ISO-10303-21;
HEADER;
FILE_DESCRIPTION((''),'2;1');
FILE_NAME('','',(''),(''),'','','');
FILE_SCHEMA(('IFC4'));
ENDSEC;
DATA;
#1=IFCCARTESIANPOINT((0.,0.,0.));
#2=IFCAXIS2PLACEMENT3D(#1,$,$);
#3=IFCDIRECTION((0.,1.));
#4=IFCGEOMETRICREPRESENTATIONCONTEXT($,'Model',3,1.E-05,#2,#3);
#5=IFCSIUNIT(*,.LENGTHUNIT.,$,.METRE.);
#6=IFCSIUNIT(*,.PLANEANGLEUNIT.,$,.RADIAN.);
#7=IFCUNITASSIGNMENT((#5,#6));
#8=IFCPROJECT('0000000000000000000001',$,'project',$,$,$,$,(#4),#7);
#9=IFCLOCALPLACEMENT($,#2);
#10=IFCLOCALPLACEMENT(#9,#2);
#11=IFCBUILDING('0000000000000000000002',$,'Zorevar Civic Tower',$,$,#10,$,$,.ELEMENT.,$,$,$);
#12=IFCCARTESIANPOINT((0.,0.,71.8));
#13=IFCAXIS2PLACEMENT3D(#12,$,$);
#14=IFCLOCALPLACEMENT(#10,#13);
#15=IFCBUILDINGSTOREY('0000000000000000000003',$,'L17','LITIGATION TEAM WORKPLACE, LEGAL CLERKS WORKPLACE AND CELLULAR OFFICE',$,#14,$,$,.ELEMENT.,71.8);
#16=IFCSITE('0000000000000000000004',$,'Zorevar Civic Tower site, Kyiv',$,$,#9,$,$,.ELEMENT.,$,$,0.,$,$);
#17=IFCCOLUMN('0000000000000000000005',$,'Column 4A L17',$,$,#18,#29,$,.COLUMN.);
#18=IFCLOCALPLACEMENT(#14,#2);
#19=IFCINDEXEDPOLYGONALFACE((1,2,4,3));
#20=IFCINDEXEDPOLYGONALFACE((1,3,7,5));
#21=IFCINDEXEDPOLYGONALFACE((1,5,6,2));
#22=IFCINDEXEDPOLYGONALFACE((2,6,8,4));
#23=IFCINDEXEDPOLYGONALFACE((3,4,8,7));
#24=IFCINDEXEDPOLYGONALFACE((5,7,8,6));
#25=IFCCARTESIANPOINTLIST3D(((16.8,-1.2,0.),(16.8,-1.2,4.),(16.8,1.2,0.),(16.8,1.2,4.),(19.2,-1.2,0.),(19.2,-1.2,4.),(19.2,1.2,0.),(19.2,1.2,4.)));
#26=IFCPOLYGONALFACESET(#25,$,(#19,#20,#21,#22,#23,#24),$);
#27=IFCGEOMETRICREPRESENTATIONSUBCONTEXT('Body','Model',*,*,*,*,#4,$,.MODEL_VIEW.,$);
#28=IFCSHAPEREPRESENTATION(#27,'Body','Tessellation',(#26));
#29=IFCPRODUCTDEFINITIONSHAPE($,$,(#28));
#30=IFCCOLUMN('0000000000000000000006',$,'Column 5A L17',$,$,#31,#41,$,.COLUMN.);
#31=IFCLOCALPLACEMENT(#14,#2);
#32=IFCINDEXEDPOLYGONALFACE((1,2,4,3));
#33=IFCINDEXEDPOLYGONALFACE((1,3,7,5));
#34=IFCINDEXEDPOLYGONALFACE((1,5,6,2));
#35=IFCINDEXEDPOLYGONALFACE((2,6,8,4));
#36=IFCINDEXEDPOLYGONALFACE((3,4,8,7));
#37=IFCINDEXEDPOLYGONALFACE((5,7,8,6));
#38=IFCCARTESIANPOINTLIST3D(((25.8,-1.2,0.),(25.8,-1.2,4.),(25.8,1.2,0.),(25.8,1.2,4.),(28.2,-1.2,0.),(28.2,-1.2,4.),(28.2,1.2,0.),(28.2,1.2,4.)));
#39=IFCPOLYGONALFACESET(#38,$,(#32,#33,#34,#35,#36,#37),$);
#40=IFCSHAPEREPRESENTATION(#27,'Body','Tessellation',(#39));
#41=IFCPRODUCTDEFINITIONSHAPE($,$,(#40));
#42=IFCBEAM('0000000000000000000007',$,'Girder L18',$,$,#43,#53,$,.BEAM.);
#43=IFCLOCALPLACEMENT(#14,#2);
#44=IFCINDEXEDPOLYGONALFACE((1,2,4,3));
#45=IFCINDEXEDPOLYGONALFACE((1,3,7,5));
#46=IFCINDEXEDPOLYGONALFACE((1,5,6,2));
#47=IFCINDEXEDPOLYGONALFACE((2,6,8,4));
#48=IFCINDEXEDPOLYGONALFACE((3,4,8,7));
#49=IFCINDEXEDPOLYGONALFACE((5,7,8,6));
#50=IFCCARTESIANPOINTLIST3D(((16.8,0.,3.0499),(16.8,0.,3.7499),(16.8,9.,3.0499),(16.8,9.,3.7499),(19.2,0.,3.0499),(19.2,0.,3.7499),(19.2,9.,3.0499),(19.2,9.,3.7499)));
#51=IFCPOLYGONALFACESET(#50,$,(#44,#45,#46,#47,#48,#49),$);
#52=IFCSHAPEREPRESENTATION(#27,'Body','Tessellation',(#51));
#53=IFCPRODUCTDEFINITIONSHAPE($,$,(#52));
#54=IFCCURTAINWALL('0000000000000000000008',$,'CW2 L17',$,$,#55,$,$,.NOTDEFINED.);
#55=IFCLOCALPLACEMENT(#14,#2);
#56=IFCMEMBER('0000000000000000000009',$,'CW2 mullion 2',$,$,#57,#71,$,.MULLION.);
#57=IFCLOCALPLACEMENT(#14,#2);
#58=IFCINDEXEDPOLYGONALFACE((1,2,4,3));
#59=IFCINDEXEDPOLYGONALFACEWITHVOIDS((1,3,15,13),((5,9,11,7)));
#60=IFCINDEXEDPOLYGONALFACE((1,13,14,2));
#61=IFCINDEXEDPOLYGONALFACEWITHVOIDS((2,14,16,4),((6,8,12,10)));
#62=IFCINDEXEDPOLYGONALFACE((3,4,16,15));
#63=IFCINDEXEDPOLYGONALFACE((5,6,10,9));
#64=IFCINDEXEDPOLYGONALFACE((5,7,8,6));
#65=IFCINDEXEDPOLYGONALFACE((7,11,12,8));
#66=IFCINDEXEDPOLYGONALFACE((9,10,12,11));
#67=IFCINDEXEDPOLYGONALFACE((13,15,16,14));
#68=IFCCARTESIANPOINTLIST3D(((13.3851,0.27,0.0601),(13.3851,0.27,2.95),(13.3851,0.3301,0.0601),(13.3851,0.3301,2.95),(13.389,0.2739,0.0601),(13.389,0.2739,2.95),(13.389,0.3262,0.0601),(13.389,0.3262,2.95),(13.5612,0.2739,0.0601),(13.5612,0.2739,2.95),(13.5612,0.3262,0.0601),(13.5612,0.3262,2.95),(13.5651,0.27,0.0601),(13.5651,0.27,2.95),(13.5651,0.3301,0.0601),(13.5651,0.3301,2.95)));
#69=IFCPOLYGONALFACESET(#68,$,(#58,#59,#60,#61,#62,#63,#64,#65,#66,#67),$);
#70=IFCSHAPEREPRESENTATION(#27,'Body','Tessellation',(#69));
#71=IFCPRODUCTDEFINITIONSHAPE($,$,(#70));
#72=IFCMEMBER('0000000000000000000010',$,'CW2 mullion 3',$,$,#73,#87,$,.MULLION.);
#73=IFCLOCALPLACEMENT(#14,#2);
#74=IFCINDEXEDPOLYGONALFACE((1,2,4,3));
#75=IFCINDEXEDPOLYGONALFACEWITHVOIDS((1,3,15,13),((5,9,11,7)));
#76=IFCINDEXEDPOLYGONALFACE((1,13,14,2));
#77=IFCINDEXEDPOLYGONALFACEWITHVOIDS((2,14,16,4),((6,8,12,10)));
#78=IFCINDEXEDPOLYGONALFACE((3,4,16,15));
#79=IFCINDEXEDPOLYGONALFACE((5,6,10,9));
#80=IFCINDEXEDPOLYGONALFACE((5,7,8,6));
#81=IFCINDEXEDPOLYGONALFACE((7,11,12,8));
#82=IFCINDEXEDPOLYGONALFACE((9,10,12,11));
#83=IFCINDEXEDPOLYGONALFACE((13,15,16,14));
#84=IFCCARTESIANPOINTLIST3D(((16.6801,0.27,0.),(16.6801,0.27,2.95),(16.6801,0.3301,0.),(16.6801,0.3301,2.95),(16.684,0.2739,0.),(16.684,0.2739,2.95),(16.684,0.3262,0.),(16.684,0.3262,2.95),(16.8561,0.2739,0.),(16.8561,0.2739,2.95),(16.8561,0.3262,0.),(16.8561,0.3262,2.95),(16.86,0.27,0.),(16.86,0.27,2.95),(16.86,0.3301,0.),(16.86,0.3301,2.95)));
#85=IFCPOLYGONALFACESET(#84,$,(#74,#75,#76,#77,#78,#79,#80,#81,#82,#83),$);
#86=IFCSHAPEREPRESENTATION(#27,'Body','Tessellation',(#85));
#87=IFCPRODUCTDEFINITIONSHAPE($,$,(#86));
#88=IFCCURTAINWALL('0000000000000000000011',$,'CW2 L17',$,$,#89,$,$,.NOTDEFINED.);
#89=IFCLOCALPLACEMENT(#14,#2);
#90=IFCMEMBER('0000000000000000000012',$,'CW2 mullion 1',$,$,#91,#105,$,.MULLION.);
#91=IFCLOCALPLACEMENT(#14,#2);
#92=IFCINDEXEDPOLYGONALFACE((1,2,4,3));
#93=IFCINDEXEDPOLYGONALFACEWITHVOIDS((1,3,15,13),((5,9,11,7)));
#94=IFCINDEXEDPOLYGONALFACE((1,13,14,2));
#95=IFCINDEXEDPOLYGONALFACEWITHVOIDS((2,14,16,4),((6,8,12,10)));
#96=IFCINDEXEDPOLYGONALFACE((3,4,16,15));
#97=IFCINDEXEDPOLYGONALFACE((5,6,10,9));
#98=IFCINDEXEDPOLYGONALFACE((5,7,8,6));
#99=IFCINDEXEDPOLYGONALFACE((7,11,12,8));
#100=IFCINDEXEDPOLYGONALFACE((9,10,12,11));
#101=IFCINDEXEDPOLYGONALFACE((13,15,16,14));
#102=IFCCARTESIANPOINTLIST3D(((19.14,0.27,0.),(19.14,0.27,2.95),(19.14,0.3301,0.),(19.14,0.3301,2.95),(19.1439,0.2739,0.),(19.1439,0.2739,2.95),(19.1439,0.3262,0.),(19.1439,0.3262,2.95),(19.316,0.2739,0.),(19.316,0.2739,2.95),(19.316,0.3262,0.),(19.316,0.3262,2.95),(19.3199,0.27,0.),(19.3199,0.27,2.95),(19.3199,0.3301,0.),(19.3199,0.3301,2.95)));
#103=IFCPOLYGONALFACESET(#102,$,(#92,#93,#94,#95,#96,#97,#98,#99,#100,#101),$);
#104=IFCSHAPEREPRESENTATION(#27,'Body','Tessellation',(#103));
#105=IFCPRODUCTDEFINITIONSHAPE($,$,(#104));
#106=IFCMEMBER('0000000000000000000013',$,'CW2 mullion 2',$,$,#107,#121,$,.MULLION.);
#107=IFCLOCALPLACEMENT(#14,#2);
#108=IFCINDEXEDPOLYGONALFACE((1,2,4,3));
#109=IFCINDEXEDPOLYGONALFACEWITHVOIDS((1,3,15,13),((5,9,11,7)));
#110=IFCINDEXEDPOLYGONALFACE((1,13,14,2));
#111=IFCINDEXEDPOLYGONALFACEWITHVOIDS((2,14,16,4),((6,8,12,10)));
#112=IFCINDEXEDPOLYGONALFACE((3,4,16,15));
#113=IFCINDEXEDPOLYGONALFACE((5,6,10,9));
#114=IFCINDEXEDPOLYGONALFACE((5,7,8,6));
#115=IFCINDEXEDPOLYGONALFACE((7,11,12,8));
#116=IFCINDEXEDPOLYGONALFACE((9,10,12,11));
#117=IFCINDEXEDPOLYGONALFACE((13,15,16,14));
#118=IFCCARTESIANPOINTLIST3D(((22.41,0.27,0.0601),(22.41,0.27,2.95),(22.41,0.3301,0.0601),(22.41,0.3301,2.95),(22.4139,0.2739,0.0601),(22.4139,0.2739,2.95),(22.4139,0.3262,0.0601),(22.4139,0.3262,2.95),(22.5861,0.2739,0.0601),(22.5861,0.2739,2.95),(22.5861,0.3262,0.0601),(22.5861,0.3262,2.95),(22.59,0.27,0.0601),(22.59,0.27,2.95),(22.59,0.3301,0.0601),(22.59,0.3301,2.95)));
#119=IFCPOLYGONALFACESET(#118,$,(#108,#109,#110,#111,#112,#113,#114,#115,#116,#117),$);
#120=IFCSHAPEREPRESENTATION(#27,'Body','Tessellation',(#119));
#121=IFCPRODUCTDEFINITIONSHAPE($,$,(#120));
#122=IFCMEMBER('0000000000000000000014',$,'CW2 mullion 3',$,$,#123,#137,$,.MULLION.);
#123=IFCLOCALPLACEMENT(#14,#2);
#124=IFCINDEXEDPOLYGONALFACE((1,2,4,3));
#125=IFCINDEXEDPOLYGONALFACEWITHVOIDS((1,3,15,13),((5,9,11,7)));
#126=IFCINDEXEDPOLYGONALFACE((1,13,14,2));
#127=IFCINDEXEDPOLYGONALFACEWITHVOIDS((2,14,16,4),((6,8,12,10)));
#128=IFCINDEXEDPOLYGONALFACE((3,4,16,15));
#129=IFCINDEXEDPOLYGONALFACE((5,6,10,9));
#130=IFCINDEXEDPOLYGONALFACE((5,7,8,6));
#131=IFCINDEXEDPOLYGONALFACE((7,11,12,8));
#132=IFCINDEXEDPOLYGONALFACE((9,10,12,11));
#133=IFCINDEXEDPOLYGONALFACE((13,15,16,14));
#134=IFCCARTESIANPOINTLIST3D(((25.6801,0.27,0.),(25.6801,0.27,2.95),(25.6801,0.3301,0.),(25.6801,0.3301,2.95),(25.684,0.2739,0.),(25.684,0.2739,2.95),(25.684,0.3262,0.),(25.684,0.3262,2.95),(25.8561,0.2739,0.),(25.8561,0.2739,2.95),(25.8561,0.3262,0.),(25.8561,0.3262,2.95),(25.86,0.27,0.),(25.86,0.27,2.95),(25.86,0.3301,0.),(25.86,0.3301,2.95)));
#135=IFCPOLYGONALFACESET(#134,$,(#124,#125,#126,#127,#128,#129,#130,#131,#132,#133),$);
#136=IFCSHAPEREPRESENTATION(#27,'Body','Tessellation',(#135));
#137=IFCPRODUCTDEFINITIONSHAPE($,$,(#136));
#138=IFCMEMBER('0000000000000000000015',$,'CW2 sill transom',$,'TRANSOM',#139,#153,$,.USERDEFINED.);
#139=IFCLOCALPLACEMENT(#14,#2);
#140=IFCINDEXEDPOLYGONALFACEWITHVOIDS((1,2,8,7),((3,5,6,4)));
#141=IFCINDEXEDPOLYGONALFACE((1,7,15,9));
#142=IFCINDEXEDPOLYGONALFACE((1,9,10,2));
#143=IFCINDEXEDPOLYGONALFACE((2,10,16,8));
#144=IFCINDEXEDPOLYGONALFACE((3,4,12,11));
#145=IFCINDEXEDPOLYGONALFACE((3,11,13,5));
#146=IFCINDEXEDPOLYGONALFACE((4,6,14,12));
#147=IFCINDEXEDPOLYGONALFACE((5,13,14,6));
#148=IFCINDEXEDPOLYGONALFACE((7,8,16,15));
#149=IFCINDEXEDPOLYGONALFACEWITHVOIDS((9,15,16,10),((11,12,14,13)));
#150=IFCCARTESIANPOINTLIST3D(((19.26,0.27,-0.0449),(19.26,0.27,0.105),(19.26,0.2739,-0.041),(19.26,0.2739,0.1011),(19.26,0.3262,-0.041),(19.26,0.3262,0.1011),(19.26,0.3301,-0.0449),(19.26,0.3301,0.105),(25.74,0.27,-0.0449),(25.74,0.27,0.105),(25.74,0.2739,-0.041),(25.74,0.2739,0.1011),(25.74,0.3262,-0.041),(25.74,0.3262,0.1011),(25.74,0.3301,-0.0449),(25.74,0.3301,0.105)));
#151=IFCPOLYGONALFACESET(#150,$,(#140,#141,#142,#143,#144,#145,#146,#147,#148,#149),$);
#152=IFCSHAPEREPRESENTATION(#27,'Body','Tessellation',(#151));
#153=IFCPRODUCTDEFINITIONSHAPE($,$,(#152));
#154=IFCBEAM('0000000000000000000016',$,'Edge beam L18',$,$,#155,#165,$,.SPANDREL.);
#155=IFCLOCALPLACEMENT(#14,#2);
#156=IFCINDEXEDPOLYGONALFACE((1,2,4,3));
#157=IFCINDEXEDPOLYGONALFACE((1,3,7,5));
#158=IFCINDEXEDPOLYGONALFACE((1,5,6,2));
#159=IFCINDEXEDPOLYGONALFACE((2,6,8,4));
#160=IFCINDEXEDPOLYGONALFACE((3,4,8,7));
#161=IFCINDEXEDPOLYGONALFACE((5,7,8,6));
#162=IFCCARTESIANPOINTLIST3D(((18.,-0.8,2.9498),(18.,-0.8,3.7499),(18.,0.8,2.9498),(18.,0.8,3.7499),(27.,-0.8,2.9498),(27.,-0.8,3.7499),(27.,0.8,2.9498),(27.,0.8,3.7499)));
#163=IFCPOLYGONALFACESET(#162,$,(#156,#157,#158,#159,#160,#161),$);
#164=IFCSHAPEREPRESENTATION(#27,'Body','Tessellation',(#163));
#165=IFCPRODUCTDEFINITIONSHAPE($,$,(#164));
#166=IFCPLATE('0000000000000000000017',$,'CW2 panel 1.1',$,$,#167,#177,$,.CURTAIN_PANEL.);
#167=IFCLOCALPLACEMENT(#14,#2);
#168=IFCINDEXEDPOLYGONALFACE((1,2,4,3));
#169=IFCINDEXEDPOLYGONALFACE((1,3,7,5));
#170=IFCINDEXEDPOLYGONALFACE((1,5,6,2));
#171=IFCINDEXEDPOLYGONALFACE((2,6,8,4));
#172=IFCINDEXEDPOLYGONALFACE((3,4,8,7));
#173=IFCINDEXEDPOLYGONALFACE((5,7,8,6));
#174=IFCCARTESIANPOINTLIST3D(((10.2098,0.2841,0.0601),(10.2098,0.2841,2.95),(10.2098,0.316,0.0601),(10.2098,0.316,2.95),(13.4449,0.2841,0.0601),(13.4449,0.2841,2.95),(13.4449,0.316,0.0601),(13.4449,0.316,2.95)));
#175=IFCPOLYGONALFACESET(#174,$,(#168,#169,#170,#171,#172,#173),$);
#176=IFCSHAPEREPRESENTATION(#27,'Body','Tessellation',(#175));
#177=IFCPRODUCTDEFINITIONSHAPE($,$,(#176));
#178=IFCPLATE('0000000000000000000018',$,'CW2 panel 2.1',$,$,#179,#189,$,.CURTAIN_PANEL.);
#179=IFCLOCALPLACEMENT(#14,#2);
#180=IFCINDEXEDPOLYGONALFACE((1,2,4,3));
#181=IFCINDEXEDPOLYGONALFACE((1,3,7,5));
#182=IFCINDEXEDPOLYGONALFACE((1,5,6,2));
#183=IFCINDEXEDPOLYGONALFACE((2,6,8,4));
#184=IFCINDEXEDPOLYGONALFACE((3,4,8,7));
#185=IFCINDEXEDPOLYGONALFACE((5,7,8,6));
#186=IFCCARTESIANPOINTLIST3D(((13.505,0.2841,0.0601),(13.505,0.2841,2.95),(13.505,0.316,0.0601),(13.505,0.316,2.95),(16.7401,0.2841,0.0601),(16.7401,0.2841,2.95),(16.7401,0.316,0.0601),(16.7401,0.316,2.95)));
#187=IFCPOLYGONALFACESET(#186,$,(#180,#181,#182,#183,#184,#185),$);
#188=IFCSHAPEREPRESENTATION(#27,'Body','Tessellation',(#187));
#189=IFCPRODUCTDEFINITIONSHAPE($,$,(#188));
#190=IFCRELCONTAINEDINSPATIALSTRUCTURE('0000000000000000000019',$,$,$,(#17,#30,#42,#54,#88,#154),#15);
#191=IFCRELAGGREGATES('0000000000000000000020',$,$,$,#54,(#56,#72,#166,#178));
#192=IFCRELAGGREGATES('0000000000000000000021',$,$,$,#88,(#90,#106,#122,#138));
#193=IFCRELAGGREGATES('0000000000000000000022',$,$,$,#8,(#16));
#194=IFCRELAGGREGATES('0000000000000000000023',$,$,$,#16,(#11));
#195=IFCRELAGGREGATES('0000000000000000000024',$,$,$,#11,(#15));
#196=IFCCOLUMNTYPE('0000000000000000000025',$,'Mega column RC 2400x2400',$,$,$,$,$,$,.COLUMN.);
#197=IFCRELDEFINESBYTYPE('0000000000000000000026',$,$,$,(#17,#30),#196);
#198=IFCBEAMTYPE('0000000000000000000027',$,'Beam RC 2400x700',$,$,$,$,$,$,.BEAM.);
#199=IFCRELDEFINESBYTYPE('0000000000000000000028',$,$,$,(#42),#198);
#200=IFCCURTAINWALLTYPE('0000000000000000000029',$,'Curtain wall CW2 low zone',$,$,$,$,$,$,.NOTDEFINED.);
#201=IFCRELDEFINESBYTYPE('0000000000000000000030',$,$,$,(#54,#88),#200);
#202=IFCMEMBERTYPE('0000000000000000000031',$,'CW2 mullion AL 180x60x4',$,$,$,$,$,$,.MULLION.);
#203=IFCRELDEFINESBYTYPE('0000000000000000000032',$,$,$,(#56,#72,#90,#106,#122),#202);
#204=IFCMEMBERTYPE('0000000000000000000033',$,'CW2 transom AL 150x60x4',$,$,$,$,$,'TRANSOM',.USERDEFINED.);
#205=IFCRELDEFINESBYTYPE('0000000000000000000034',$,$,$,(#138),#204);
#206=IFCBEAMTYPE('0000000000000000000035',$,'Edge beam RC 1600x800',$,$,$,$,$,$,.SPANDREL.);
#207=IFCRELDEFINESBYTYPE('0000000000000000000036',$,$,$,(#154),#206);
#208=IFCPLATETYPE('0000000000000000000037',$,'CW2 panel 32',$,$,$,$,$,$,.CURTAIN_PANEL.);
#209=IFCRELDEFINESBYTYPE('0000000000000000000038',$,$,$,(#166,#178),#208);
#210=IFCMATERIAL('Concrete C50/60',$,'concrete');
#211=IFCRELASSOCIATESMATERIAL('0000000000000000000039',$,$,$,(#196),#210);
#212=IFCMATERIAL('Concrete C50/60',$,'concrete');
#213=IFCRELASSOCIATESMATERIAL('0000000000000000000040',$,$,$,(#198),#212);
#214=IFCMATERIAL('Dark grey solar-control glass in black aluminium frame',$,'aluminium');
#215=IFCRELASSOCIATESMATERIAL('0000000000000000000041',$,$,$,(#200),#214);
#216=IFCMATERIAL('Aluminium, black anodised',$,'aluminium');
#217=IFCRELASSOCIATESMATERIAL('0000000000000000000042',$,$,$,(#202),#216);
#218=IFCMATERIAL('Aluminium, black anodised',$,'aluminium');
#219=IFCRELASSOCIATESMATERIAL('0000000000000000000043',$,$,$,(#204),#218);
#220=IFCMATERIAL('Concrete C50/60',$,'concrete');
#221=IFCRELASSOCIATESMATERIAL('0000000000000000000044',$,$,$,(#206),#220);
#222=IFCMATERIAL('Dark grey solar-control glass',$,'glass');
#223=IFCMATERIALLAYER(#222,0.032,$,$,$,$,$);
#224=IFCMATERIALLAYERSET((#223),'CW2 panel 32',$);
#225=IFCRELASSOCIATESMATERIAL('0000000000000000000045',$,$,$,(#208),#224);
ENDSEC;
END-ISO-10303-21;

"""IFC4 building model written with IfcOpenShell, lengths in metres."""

from ifc_helpers import new_model, si_unit, direction, frame, origin, origin_2d, place, context, subcontext, project, spatial, rectangle, hollow_rectangle, extrude, material, layer, layer_set, material_profile, profile_set, type_object, element, aggregate, save


model = new_model("IFC4")

# Units and contexts
model_context = context("Model", 3, precision=1e-05, world=origin(), true_north=direction((0.0, 1.0)))
body_context = subcontext(model_context, "Body", "Model", "MODEL_VIEW")
ifc_project = project(units=[si_unit("LENGTHUNIT", "METRE"), si_unit("PLANEANGLEUNIT", "RADIAN")], contexts=[model_context])

# Site, building, storey
site_placement = place(None, origin())
site = spatial("IfcSite", under=ifc_project, at=site_placement, Name="Zorevar Civic Tower site, Kyiv", CompositionType="ELEMENT", RefElevation=0.0)
building_placement = place(site_placement, origin())
building = spatial("IfcBuilding", under=site, at=building_placement, Name="Zorevar Civic Tower", CompositionType="ELEMENT")
storey_placement = place(building_placement, frame((0.0, 0.0, 71.8)))
storey = spatial("IfcBuildingStorey", under=building, at=storey_placement, Name="L17", Description="LITIGATION TEAM WORKPLACE, LEGAL CLERKS WORKPLACE AND CELLULAR OFFICE", CompositionType="ELEMENT", Elevation=71.8)

# Columns
ifc_material_1 = material(Name="Concrete C50/60", Category="concrete")
ifc_material_profile_1 = material_profile(ifc_material_1, rectangle(XDim=2.3999, YDim=2.3999, at=origin_2d()), Name="RC 2400x2400")
ifc_profile_set_1 = profile_set([ifc_material_profile_1], Name="Concrete C50/60")
column_type = type_object("IfcColumnType", Name="Mega column RC 2400x2400", PredefinedType="COLUMN", material=ifc_profile_set_1)
for number, where, z_axis, x_axis, name in (
    (1, (18.0, 0.0, 0.0), (0.0, 0.0, 1.0), (1.0, 0.0, 0.0), "Column 4A L17"),
    (2, (27.0, 0.0, 0.0), (0.0, 0.0, 1.0), (1.0, 0.0, 0.0), "Column 5A L17"),
):
    element("IfcColumn", number, at=place(storey_placement, frame(where, z_axis=z_axis, x_axis=x_axis)), inside=storey, type_object=column_type, Name=name, PredefinedType="COLUMN", context=body_context, shape_type="SweptSolid", body=[
        extrude(rectangle(XDim=2.3999, YDim=2.3999, at=origin_2d()), origin(), (0.0, 0.0, 1.0), 4.0),
    ])

# Beam
ifc_material_2 = material(Name="Concrete C50/60", Category="concrete")
ifc_material_profile_2 = material_profile(ifc_material_2, rectangle(XDim=2.3999, YDim=0.7, at=origin_2d()), Name="RC 2400x700")
ifc_profile_set_2 = profile_set([ifc_material_profile_2], Name="Concrete C50/60")
beam_type_1 = type_object("IfcBeamType", Name="Beam RC 2400x700", PredefinedType="BEAM", material=ifc_profile_set_2)
beam_1_placement = place(storey_placement, frame((18.0, 0.0, 3.3999), z_axis=(0.0, 1.0, 0.0), x_axis=(-1.0, 0.0, 0.0)))
element("IfcBeam", 3, at=beam_1_placement, inside=storey, type_object=beam_type_1, Name="Girder L18", PredefinedType="BEAM", context=body_context, shape_type="SweptSolid", body=[
    extrude(rectangle(XDim=2.3999, YDim=0.7, at=origin_2d()), origin(), (0.0, 0.0, 1.0), 9.0),
])

# Curtain walls, members
ifc_material_3 = material(Name="Dark grey solar-control glass in black aluminium frame", Category="aluminium")
curtain_wall_type = type_object("IfcCurtainWallType", Name="Curtain wall CW2 low zone", PredefinedType="NOTDEFINED", material=ifc_material_3)
curtain_wall_1_placement = place(storey_placement, origin())
curtain_wall_1 = element("IfcCurtainWall", 4, at=curtain_wall_1_placement, inside=storey, type_object=curtain_wall_type, Name="CW2 L17", PredefinedType="NOTDEFINED")
ifc_material_4 = material(Name="Aluminium, black anodised", Category="aluminium")
ifc_material_profile_3 = material_profile(ifc_material_4, hollow_rectangle(XDim=0.0601, YDim=0.1799, WallThickness=0.0039, at=origin_2d()), Name="AL 180x60x4")
ifc_profile_set_3 = profile_set([ifc_material_profile_3], Name="Aluminium, black anodised")
member_type_1 = type_object("IfcMemberType", Name="CW2 mullion AL 180x60x4", PredefinedType="MULLION", material=ifc_profile_set_3)
member_1_placement = place(storey_placement, frame((13.4751, 0.3, 0.0601), z_axis=(0.0, 0.0, 1.0), x_axis=(0.0, 1.0, 0.0)))
member_1 = element("IfcMember", 5, at=member_1_placement, type_object=member_type_1, Name="CW2 mullion 2", PredefinedType="MULLION", context=body_context, shape_type="SweptSolid", body=[
    extrude(hollow_rectangle(XDim=0.0601, YDim=0.1799, WallThickness=0.0039, at=origin_2d()), origin(), (0.0, 0.0, 1.0), 2.8899),
])
member_2_placement = place(storey_placement, frame((16.77, 0.3, 0.0), z_axis=(0.0, 0.0, 1.0), x_axis=(0.0, 1.0, 0.0)))
member_2 = element("IfcMember", 6, at=member_2_placement, type_object=member_type_1, Name="CW2 mullion 3", PredefinedType="MULLION", context=body_context, shape_type="SweptSolid", body=[
    extrude(hollow_rectangle(XDim=0.0601, YDim=0.1799, WallThickness=0.0039, at=origin_2d()), origin(), (0.0, 0.0, 1.0), 2.95),
])
curtain_wall_2_placement = place(storey_placement, origin())
curtain_wall_2 = element("IfcCurtainWall", 7, at=curtain_wall_2_placement, inside=storey, type_object=curtain_wall_type, Name="CW2 L17", PredefinedType="NOTDEFINED")
member_3_placement = place(storey_placement, frame((19.23, 0.3, 0.0), z_axis=(0.0, 0.0, 1.0), x_axis=(0.0, 1.0, 0.0)))
member_3 = element("IfcMember", 8, at=member_3_placement, type_object=member_type_1, Name="CW2 mullion 1", PredefinedType="MULLION", context=body_context, shape_type="SweptSolid", body=[
    extrude(hollow_rectangle(XDim=0.0601, YDim=0.1799, WallThickness=0.0039, at=origin_2d()), origin(), (0.0, 0.0, 1.0), 2.95),
])
member_4_placement = place(storey_placement, frame((22.5, 0.3, 0.0601), z_axis=(0.0, 0.0, 1.0), x_axis=(0.0, 1.0, 0.0)))
member_4 = element("IfcMember", 9, at=member_4_placement, type_object=member_type_1, Name="CW2 mullion 2", PredefinedType="MULLION", context=body_context, shape_type="SweptSolid", body=[
    extrude(hollow_rectangle(XDim=0.0601, YDim=0.1799, WallThickness=0.0039, at=origin_2d()), origin(), (0.0, 0.0, 1.0), 2.8899),
])
member_5_placement = place(storey_placement, frame((25.77, 0.3, 0.0), z_axis=(0.0, 0.0, 1.0), x_axis=(0.0, 1.0, 0.0)))
member_5 = element("IfcMember", 10, at=member_5_placement, type_object=member_type_1, Name="CW2 mullion 3", PredefinedType="MULLION", context=body_context, shape_type="SweptSolid", body=[
    extrude(hollow_rectangle(XDim=0.0601, YDim=0.1799, WallThickness=0.0039, at=origin_2d()), origin(), (0.0, 0.0, 1.0), 2.95),
])
ifc_material_5 = material(Name="Aluminium, black anodised", Category="aluminium")
ifc_material_profile_4 = material_profile(ifc_material_5, hollow_rectangle(XDim=0.0601, YDim=0.1499, WallThickness=0.0039, at=origin_2d()), Name="AL 150x60x4")
ifc_profile_set_4 = profile_set([ifc_material_profile_4], Name="Aluminium, black anodised")
member_type_2 = type_object("IfcMemberType", Name="CW2 transom AL 150x60x4", ElementType="TRANSOM", PredefinedType="USERDEFINED", material=ifc_profile_set_4)
member_6_placement = place(storey_placement, frame((19.26, 0.3, 0.03), z_axis=(1.0, 0.0, 0.0), x_axis=(0.0, 1.0, 0.0)))
member_6 = element("IfcMember", 11, at=member_6_placement, type_object=member_type_2, Name="CW2 sill transom", ObjectType="TRANSOM", PredefinedType="USERDEFINED", context=body_context, shape_type="SweptSolid", body=[
    extrude(hollow_rectangle(XDim=0.0601, YDim=0.1499, WallThickness=0.0039, at=origin_2d()), origin(), (0.0, 0.0, 1.0), 6.48),
])

# Beam
ifc_material_6 = material(Name="Concrete C50/60", Category="concrete")
ifc_material_profile_5 = material_profile(ifc_material_6, rectangle(XDim=1.6001, YDim=0.8, at=origin_2d()), Name="RC 1600x800")
ifc_profile_set_5 = profile_set([ifc_material_profile_5], Name="Concrete C50/60")
beam_type_2 = type_object("IfcBeamType", Name="Edge beam RC 1600x800", PredefinedType="SPANDREL", material=ifc_profile_set_5)
beam_2_placement = place(storey_placement, frame((18.0, 0.0, 3.3499), z_axis=(1.0, 0.0, 0.0), x_axis=(0.0, 1.0, 0.0)))
element("IfcBeam", 12, at=beam_2_placement, inside=storey, type_object=beam_type_2, Name="Edge beam L18", PredefinedType="SPANDREL", context=body_context, shape_type="SweptSolid", body=[
    extrude(rectangle(XDim=1.6001, YDim=0.8, at=origin_2d()), origin(), (0.0, 0.0, 1.0), 9.0),
])

# Plates
ifc_material_7 = material(Name="Dark grey solar-control glass", Category="glass")
ifc_layer_1 = layer(ifc_material_7, 0.032)
ifc_layer_set_1 = layer_set([ifc_layer_1], Name="CW2 panel 32")
plate_type = type_object("IfcPlateType", Name="CW2 panel 32", PredefinedType="CURTAIN_PANEL", material=ifc_layer_set_1)
plate_1_placement = place(storey_placement, frame((11.8274, 0.3, 0.0601), z_axis=(0.0, 0.0, 1.0), x_axis=(1.0, 0.0, 0.0)))
plate_1 = element("IfcPlate", 13, at=plate_1_placement, type_object=plate_type, Name="CW2 panel 1.1", PredefinedType="CURTAIN_PANEL", context=body_context, shape_type="SweptSolid", body=[
    extrude(rectangle(XDim=3.2351, YDim=0.032, at=origin_2d()), origin(), (0.0, 0.0, 1.0), 2.8899),
])
plate_2_placement = place(storey_placement, frame((15.1226, 0.3, 0.0601), z_axis=(0.0, 0.0, 1.0), x_axis=(1.0, 0.0, 0.0)))
plate_2 = element("IfcPlate", 14, at=plate_2_placement, type_object=plate_type, Name="CW2 panel 2.1", PredefinedType="CURTAIN_PANEL", context=body_context, shape_type="SweptSolid", body=[
    extrude(rectangle(XDim=3.2351, YDim=0.032, at=origin_2d()), origin(), (0.0, 0.0, 1.0), 2.8899),
])
aggregate(curtain_wall_1, [member_1, member_2, plate_1, plate_2])
aggregate(curtain_wall_2, [member_3, member_4, member_5, member_6])

save(model, "model.ifc")
